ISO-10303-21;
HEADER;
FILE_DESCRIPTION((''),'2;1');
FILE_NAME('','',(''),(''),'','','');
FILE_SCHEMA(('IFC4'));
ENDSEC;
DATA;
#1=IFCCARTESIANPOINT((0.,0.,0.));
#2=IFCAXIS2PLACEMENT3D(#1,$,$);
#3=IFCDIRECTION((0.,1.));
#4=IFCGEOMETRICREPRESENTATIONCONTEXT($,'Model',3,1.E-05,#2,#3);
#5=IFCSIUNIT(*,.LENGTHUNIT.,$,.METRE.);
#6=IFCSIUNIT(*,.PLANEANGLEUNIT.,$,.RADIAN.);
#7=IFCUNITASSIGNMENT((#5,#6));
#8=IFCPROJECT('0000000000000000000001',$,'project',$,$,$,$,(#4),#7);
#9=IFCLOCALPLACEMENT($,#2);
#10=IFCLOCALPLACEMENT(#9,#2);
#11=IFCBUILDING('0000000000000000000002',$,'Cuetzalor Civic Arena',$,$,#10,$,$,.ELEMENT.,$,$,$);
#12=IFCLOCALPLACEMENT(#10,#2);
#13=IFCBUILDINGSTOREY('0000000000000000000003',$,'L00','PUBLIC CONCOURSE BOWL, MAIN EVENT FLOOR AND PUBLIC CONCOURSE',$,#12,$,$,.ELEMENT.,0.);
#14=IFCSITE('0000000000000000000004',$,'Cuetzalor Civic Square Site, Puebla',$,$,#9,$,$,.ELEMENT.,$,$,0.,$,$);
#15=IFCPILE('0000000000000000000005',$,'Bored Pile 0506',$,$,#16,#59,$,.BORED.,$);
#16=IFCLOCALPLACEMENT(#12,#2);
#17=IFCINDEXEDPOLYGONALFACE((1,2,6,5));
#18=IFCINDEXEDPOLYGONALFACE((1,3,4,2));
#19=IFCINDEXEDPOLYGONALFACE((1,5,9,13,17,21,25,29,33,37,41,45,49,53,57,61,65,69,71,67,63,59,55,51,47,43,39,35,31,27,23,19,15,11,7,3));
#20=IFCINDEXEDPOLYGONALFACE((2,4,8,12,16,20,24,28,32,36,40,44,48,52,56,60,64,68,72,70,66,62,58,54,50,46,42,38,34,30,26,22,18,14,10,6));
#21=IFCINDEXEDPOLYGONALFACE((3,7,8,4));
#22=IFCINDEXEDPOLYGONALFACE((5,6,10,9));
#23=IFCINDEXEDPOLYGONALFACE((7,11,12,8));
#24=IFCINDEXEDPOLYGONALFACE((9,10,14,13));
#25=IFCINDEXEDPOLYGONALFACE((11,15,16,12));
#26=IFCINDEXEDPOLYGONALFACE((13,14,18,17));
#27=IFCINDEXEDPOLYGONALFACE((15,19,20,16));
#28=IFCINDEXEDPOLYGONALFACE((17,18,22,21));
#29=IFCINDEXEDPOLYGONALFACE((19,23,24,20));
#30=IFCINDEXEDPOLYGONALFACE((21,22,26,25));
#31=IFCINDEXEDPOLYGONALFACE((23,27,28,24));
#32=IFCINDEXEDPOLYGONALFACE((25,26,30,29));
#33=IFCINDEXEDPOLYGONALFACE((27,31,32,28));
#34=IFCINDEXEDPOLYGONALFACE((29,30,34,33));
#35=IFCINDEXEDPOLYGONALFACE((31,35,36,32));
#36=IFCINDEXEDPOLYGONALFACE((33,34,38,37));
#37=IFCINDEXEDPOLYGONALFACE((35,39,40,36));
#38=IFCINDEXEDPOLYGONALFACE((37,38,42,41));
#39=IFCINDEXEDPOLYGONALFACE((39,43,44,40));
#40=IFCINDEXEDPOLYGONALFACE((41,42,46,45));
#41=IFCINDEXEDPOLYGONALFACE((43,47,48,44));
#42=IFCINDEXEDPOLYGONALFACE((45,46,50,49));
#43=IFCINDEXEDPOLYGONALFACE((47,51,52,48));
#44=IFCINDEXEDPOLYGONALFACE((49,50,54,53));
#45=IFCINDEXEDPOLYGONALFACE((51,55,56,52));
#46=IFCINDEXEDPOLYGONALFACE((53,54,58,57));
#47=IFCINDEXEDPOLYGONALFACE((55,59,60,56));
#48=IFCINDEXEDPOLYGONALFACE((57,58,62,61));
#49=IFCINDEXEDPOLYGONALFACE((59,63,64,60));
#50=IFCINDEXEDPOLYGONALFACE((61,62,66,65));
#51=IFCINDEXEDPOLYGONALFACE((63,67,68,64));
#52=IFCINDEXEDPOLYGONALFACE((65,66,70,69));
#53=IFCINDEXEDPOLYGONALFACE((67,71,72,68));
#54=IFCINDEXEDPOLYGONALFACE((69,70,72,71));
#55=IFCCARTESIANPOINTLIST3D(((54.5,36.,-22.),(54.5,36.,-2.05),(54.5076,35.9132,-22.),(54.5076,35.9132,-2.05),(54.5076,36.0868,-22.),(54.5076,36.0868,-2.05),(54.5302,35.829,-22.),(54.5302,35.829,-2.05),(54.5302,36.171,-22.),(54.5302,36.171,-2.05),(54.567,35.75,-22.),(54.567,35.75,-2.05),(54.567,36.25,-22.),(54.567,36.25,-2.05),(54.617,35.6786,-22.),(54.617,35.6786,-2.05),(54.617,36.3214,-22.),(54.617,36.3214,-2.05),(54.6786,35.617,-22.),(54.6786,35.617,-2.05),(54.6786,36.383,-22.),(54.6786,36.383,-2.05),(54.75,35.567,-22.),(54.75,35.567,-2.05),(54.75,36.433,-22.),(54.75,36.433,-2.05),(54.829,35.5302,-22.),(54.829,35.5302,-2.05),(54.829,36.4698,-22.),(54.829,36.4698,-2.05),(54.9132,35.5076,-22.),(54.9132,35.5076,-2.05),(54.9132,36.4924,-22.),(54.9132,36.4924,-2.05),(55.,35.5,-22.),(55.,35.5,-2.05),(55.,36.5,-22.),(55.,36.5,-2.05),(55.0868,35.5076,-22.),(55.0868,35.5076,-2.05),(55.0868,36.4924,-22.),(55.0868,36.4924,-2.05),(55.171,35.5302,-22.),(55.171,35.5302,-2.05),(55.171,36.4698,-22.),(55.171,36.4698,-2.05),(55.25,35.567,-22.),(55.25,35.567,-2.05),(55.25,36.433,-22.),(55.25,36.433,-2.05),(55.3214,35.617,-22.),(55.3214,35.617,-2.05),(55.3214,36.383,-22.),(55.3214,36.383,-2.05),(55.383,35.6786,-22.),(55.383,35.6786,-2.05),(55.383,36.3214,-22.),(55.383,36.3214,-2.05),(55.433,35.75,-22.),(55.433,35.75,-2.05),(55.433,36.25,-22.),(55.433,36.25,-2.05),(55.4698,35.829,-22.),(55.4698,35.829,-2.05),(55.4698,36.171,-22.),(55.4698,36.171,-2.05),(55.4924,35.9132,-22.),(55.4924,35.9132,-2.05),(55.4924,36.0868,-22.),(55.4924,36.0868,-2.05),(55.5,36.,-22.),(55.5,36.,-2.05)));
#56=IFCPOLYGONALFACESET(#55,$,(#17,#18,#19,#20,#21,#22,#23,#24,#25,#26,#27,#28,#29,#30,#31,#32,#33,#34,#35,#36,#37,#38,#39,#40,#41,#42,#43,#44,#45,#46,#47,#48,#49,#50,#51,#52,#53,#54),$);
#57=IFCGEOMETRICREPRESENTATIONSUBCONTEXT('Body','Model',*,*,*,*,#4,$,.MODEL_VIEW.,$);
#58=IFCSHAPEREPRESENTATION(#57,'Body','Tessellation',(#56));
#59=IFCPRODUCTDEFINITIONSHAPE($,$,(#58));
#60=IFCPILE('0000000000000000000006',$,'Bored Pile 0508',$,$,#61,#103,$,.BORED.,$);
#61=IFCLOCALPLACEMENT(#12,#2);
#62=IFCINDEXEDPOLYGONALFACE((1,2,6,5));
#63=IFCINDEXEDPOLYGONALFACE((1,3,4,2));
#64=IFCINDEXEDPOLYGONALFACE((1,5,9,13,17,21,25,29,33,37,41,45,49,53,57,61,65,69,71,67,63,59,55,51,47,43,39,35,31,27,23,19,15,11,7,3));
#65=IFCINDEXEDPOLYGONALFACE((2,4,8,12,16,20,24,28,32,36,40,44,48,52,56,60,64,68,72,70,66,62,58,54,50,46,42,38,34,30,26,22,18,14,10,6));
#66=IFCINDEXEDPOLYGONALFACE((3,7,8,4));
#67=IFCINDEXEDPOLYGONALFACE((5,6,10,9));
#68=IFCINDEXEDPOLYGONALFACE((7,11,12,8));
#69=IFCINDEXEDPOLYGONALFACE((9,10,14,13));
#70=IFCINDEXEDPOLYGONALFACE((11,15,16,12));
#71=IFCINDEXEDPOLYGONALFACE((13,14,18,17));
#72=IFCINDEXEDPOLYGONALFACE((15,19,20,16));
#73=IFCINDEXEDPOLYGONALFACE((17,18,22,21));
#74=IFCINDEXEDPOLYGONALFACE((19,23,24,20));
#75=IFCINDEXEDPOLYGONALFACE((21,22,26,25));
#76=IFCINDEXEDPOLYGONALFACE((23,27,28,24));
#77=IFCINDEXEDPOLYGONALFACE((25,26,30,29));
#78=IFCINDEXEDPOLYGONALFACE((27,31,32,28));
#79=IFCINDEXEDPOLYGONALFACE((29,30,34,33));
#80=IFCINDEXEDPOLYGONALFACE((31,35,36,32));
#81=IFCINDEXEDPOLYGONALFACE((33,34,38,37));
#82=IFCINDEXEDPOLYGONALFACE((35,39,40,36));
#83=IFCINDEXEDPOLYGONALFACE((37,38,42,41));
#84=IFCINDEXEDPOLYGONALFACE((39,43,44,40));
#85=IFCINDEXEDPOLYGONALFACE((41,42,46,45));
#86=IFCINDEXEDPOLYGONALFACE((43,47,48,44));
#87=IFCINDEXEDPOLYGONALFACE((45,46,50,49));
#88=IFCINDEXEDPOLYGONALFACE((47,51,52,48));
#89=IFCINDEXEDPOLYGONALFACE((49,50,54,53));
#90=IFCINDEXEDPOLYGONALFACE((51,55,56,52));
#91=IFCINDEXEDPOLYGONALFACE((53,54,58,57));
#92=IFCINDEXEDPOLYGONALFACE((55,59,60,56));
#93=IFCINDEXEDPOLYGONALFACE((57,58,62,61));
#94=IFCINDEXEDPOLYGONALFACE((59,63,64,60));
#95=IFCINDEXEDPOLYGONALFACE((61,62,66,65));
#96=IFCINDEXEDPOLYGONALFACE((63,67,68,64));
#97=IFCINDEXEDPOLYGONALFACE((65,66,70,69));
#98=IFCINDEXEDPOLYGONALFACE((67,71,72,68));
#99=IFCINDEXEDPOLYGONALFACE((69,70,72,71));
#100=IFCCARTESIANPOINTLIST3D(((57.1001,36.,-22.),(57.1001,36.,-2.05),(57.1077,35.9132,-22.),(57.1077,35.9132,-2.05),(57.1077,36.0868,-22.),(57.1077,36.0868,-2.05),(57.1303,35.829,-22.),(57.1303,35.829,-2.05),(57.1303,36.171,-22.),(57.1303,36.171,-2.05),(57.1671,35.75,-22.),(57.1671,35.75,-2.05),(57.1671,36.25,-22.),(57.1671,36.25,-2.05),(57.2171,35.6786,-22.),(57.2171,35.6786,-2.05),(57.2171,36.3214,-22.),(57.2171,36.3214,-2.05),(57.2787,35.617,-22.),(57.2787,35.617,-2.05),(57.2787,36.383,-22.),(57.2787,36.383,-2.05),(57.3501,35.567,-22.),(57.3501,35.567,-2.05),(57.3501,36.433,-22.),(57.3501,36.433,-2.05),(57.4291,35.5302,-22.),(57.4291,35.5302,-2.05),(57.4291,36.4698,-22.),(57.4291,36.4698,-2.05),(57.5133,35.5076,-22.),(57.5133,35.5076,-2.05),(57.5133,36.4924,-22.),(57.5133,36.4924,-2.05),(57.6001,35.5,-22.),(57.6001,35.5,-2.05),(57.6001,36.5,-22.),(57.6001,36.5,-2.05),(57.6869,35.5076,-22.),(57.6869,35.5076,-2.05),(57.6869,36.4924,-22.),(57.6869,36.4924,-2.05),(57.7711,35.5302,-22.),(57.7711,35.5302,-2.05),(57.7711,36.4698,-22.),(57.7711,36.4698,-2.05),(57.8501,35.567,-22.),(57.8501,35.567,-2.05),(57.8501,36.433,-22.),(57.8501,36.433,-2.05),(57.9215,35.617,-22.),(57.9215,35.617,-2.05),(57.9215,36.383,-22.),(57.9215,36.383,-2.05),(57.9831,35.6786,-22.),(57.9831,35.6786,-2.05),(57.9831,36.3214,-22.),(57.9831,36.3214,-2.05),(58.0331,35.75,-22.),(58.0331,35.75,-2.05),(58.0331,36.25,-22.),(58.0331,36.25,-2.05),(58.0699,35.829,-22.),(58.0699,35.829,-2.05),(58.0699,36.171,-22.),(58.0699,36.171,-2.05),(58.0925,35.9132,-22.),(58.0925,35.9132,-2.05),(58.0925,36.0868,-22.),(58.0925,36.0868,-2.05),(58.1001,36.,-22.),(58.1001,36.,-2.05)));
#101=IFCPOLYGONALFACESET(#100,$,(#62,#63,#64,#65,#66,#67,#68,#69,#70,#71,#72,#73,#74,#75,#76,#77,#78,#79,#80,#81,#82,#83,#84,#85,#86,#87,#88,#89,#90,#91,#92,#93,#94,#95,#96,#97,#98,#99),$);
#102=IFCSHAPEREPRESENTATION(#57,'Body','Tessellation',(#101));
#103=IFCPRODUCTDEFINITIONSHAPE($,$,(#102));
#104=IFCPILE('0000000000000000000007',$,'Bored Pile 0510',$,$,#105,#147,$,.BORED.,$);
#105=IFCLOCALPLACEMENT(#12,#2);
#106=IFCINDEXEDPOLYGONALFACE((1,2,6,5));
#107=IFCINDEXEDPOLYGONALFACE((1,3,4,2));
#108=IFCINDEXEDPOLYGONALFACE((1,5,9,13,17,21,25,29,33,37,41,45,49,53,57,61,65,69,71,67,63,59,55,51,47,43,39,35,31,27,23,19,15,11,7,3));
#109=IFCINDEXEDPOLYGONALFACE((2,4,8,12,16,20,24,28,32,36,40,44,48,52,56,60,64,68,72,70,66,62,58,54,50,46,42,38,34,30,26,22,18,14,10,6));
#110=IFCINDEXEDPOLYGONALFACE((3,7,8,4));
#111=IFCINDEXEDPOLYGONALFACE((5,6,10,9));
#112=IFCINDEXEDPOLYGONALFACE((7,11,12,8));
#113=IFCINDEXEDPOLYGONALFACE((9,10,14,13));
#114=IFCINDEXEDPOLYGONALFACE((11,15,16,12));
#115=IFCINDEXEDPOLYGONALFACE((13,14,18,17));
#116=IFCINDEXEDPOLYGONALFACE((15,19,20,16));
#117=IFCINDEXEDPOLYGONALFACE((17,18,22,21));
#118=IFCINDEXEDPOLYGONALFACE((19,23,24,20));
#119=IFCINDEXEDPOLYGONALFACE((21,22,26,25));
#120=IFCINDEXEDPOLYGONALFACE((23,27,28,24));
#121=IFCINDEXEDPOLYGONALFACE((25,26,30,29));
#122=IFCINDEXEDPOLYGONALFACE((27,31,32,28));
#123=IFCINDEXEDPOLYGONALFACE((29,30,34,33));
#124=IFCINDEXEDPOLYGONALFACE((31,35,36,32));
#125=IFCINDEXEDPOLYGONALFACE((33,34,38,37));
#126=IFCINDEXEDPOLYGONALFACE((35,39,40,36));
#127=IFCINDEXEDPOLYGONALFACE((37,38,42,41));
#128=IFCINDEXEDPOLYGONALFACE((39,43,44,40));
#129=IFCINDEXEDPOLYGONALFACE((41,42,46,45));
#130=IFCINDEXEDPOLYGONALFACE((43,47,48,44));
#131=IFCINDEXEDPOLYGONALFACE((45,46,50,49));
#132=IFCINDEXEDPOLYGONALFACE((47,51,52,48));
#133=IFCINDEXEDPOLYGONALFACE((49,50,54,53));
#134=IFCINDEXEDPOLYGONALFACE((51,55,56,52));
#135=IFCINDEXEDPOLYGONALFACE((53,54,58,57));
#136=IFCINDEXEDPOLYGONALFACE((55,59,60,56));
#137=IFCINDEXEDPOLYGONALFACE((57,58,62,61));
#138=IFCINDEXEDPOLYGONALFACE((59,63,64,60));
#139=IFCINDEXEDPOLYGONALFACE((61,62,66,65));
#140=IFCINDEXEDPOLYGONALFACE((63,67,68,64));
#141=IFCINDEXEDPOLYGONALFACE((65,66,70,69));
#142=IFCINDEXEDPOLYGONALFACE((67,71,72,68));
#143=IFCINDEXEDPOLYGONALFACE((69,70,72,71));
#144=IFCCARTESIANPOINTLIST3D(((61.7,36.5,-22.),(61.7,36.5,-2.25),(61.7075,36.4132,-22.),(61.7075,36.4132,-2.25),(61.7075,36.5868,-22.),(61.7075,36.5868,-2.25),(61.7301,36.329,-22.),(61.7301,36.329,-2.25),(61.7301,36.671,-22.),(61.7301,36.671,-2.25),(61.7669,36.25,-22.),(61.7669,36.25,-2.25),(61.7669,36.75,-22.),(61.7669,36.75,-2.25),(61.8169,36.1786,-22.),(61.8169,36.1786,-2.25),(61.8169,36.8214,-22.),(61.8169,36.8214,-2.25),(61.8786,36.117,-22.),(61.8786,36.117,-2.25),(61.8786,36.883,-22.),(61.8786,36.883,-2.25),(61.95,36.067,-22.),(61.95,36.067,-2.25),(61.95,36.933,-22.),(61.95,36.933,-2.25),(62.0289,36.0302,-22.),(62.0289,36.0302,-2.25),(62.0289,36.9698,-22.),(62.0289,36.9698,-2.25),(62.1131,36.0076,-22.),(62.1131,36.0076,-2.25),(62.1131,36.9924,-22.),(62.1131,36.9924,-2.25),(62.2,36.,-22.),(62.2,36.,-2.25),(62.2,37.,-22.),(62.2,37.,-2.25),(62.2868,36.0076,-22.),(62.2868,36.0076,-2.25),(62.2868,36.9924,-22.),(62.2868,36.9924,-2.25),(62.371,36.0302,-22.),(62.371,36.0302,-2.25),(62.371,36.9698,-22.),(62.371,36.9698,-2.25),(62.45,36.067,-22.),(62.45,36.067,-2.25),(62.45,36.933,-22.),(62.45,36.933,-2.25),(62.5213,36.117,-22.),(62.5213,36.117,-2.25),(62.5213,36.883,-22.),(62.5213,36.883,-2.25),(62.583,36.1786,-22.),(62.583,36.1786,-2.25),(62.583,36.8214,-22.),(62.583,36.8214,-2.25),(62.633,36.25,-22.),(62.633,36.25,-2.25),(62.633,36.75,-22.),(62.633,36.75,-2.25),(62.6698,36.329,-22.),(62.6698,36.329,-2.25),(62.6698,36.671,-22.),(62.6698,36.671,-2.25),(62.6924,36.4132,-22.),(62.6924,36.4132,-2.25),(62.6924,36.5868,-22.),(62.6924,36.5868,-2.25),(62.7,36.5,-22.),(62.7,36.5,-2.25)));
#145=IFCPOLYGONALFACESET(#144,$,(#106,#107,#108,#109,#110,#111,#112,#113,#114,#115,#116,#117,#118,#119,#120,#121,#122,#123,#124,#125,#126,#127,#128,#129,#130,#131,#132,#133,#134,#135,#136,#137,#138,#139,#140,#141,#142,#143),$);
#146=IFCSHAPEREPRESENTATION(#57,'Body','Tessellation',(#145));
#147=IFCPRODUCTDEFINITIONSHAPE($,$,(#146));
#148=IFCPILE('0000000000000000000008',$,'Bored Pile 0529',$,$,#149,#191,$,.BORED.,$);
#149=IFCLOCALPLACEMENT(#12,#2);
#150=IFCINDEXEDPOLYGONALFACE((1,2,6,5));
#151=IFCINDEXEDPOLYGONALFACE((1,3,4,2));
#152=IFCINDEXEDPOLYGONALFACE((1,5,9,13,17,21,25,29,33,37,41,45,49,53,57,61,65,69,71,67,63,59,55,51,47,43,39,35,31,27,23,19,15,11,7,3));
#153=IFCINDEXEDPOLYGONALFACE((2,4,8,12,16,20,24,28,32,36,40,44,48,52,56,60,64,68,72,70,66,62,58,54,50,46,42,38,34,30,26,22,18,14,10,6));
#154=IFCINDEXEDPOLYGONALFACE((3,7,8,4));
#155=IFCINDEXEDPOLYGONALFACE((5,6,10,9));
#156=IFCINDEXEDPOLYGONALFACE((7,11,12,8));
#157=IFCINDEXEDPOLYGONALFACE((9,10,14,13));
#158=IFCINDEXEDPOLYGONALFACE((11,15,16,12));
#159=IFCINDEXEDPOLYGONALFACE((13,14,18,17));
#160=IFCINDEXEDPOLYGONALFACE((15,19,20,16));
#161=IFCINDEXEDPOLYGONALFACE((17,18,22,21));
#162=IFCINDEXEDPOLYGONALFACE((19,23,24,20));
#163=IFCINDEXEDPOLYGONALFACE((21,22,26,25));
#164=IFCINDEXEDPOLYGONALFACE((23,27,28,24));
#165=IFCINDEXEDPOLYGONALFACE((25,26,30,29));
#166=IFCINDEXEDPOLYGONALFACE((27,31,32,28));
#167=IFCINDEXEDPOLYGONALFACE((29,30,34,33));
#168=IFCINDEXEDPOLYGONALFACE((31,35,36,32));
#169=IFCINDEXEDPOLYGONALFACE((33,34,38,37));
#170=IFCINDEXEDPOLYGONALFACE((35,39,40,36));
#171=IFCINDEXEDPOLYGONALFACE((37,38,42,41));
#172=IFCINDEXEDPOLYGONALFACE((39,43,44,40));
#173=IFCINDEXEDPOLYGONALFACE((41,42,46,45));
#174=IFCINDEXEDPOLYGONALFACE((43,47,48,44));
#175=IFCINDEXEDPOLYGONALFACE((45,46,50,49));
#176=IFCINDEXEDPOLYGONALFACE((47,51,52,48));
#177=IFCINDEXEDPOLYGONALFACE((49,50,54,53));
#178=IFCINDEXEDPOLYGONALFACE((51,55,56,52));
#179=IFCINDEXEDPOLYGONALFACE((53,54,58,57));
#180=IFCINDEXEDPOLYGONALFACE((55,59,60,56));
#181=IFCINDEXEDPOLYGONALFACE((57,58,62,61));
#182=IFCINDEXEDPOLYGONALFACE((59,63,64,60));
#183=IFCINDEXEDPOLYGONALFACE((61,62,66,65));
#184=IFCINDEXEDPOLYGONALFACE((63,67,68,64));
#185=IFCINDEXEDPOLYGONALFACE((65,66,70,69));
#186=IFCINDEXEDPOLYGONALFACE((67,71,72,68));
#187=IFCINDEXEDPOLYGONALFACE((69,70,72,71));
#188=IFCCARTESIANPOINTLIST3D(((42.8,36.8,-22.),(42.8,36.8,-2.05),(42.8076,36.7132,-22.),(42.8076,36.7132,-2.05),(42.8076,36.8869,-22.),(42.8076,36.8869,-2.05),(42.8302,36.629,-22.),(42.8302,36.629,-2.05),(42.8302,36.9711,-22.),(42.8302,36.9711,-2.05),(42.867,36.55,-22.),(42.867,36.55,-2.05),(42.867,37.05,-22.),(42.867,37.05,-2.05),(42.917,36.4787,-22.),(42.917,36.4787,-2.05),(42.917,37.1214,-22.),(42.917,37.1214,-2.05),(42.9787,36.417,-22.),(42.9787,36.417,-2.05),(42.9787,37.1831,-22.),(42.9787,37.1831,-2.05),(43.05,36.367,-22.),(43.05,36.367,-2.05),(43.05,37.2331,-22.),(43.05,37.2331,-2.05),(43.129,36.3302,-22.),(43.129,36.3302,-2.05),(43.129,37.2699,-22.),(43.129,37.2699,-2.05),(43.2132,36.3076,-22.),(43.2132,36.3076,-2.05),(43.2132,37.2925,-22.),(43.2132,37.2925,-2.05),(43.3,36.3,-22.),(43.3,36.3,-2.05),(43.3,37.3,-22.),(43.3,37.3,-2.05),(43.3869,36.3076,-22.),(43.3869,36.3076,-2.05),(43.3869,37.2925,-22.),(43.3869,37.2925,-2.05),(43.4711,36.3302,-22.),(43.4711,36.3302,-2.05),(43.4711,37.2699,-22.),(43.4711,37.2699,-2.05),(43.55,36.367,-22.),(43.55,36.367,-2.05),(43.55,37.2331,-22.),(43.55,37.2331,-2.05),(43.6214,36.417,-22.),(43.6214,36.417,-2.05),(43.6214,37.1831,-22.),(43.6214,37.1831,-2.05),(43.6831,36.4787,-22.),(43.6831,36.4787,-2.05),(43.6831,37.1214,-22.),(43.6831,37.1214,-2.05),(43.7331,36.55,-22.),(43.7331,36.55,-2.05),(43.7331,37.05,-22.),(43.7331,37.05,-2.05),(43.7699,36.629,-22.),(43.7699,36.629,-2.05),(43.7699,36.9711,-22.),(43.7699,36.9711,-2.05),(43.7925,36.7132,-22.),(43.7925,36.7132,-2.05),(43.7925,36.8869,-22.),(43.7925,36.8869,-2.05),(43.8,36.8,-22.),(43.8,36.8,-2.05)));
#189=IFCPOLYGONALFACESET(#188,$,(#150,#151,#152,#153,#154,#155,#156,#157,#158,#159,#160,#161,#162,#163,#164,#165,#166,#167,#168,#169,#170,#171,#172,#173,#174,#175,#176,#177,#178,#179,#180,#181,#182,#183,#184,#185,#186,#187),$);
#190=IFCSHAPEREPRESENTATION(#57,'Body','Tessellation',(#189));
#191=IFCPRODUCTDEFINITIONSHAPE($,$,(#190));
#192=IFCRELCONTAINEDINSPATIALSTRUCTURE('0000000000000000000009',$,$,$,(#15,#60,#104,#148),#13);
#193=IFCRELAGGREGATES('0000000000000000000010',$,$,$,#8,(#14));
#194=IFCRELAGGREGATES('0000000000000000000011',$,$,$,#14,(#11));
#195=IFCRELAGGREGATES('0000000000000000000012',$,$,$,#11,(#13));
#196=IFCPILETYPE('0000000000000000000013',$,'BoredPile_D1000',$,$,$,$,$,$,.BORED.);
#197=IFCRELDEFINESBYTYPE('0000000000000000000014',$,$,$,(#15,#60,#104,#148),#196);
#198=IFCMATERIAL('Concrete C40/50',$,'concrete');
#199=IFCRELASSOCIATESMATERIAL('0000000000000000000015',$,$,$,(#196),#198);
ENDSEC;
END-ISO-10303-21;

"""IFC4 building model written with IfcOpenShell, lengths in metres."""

from ifc_helpers import new_model, si_unit, direction, frame, origin, origin_2d, place, context, subcontext, project, spatial, circle, extrude, material, material_profile, profile_set, type_object, element, save


model = new_model("IFC4")

# Units and contexts
model_context = context("Model", 3, precision=1e-05, world=origin(), true_north=direction((0.0, 1.0)))
body_context = subcontext(model_context, "Body", "Model", "MODEL_VIEW")
ifc_project = project(units=[si_unit("LENGTHUNIT", "METRE"), si_unit("PLANEANGLEUNIT", "RADIAN")], contexts=[model_context])

# Site, building, storey
site_placement = place(None, origin())
site = spatial("IfcSite", under=ifc_project, at=site_placement, Name="Cuetzalor Civic Square Site, Puebla", CompositionType="ELEMENT", RefElevation=0.0)
building_placement = place(site_placement, origin())
building = spatial("IfcBuilding", under=site, at=building_placement, Name="Cuetzalor Civic Arena", CompositionType="ELEMENT")
storey_placement = place(building_placement, origin())
storey = spatial("IfcBuildingStorey", under=building, at=storey_placement, Name="L00", Description="PUBLIC CONCOURSE BOWL, MAIN EVENT FLOOR AND PUBLIC CONCOURSE", CompositionType="ELEMENT", Elevation=0.0)

# Piles
ifc_material_1 = material(Name="Concrete C40/50", Category="concrete")
ifc_material_profile_1 = material_profile(ifc_material_1, circle(Radius=0.5, at=origin_2d()), Name="BORED PILE D1000")
ifc_profile_set_1 = profile_set([ifc_material_profile_1], Name="Concrete C40/50")
pile_type = type_object("IfcPileType", Name="BoredPile_D1000", PredefinedType="BORED", material=ifc_profile_set_1)
for number, where, z_axis, x_axis, name in (
    (1, (55.0, 36.0, -2.05), (0.0, 0.0, -1.0), (1.0, 0.0, 0.0), "Bored Pile 0506"),
    (2, (57.6001, 36.0, -2.05), (0.0, 0.0, -1.0), (1.0, 0.0, 0.0), "Bored Pile 0508"),
):
    element("IfcPile", number, at=place(storey_placement, frame(where, z_axis=z_axis, x_axis=x_axis)), inside=storey, type_object=pile_type, Name=name, PredefinedType="BORED", context=body_context, shape_type="SweptSolid", body=[
        extrude(circle(Radius=0.5, at=origin_2d()), origin(), (0.0, 0.0, 1.0), 19.95),
    ])
pile_placement = place(storey_placement, frame((62.2, 36.5, -2.25), z_axis=(0.0, 0.0, -1.0), x_axis=(1.0, 0.0, 0.0)))
element("IfcPile", 3, at=pile_placement, inside=storey, type_object=pile_type, Name="Bored Pile 0510", PredefinedType="BORED", context=body_context, shape_type="SweptSolid", body=[
    extrude(circle(Radius=0.5, at=origin_2d()), origin(), (0.0, 0.0, 1.0), 19.75),
])
for number, where, z_axis, x_axis, name in (
    (4, (43.3, 36.8, -2.05), (0.0, 0.0, -1.0), (1.0, 0.0, 0.0), "Bored Pile 0529"),
):
    element("IfcPile", number, at=place(storey_placement, frame(where, z_axis=z_axis, x_axis=x_axis)), inside=storey, type_object=pile_type, Name=name, PredefinedType="BORED", context=body_context, shape_type="SweptSolid", body=[
        extrude(circle(Radius=0.5, at=origin_2d()), origin(), (0.0, 0.0, 1.0), 19.95),
    ])

save(model, "model.ifc")
